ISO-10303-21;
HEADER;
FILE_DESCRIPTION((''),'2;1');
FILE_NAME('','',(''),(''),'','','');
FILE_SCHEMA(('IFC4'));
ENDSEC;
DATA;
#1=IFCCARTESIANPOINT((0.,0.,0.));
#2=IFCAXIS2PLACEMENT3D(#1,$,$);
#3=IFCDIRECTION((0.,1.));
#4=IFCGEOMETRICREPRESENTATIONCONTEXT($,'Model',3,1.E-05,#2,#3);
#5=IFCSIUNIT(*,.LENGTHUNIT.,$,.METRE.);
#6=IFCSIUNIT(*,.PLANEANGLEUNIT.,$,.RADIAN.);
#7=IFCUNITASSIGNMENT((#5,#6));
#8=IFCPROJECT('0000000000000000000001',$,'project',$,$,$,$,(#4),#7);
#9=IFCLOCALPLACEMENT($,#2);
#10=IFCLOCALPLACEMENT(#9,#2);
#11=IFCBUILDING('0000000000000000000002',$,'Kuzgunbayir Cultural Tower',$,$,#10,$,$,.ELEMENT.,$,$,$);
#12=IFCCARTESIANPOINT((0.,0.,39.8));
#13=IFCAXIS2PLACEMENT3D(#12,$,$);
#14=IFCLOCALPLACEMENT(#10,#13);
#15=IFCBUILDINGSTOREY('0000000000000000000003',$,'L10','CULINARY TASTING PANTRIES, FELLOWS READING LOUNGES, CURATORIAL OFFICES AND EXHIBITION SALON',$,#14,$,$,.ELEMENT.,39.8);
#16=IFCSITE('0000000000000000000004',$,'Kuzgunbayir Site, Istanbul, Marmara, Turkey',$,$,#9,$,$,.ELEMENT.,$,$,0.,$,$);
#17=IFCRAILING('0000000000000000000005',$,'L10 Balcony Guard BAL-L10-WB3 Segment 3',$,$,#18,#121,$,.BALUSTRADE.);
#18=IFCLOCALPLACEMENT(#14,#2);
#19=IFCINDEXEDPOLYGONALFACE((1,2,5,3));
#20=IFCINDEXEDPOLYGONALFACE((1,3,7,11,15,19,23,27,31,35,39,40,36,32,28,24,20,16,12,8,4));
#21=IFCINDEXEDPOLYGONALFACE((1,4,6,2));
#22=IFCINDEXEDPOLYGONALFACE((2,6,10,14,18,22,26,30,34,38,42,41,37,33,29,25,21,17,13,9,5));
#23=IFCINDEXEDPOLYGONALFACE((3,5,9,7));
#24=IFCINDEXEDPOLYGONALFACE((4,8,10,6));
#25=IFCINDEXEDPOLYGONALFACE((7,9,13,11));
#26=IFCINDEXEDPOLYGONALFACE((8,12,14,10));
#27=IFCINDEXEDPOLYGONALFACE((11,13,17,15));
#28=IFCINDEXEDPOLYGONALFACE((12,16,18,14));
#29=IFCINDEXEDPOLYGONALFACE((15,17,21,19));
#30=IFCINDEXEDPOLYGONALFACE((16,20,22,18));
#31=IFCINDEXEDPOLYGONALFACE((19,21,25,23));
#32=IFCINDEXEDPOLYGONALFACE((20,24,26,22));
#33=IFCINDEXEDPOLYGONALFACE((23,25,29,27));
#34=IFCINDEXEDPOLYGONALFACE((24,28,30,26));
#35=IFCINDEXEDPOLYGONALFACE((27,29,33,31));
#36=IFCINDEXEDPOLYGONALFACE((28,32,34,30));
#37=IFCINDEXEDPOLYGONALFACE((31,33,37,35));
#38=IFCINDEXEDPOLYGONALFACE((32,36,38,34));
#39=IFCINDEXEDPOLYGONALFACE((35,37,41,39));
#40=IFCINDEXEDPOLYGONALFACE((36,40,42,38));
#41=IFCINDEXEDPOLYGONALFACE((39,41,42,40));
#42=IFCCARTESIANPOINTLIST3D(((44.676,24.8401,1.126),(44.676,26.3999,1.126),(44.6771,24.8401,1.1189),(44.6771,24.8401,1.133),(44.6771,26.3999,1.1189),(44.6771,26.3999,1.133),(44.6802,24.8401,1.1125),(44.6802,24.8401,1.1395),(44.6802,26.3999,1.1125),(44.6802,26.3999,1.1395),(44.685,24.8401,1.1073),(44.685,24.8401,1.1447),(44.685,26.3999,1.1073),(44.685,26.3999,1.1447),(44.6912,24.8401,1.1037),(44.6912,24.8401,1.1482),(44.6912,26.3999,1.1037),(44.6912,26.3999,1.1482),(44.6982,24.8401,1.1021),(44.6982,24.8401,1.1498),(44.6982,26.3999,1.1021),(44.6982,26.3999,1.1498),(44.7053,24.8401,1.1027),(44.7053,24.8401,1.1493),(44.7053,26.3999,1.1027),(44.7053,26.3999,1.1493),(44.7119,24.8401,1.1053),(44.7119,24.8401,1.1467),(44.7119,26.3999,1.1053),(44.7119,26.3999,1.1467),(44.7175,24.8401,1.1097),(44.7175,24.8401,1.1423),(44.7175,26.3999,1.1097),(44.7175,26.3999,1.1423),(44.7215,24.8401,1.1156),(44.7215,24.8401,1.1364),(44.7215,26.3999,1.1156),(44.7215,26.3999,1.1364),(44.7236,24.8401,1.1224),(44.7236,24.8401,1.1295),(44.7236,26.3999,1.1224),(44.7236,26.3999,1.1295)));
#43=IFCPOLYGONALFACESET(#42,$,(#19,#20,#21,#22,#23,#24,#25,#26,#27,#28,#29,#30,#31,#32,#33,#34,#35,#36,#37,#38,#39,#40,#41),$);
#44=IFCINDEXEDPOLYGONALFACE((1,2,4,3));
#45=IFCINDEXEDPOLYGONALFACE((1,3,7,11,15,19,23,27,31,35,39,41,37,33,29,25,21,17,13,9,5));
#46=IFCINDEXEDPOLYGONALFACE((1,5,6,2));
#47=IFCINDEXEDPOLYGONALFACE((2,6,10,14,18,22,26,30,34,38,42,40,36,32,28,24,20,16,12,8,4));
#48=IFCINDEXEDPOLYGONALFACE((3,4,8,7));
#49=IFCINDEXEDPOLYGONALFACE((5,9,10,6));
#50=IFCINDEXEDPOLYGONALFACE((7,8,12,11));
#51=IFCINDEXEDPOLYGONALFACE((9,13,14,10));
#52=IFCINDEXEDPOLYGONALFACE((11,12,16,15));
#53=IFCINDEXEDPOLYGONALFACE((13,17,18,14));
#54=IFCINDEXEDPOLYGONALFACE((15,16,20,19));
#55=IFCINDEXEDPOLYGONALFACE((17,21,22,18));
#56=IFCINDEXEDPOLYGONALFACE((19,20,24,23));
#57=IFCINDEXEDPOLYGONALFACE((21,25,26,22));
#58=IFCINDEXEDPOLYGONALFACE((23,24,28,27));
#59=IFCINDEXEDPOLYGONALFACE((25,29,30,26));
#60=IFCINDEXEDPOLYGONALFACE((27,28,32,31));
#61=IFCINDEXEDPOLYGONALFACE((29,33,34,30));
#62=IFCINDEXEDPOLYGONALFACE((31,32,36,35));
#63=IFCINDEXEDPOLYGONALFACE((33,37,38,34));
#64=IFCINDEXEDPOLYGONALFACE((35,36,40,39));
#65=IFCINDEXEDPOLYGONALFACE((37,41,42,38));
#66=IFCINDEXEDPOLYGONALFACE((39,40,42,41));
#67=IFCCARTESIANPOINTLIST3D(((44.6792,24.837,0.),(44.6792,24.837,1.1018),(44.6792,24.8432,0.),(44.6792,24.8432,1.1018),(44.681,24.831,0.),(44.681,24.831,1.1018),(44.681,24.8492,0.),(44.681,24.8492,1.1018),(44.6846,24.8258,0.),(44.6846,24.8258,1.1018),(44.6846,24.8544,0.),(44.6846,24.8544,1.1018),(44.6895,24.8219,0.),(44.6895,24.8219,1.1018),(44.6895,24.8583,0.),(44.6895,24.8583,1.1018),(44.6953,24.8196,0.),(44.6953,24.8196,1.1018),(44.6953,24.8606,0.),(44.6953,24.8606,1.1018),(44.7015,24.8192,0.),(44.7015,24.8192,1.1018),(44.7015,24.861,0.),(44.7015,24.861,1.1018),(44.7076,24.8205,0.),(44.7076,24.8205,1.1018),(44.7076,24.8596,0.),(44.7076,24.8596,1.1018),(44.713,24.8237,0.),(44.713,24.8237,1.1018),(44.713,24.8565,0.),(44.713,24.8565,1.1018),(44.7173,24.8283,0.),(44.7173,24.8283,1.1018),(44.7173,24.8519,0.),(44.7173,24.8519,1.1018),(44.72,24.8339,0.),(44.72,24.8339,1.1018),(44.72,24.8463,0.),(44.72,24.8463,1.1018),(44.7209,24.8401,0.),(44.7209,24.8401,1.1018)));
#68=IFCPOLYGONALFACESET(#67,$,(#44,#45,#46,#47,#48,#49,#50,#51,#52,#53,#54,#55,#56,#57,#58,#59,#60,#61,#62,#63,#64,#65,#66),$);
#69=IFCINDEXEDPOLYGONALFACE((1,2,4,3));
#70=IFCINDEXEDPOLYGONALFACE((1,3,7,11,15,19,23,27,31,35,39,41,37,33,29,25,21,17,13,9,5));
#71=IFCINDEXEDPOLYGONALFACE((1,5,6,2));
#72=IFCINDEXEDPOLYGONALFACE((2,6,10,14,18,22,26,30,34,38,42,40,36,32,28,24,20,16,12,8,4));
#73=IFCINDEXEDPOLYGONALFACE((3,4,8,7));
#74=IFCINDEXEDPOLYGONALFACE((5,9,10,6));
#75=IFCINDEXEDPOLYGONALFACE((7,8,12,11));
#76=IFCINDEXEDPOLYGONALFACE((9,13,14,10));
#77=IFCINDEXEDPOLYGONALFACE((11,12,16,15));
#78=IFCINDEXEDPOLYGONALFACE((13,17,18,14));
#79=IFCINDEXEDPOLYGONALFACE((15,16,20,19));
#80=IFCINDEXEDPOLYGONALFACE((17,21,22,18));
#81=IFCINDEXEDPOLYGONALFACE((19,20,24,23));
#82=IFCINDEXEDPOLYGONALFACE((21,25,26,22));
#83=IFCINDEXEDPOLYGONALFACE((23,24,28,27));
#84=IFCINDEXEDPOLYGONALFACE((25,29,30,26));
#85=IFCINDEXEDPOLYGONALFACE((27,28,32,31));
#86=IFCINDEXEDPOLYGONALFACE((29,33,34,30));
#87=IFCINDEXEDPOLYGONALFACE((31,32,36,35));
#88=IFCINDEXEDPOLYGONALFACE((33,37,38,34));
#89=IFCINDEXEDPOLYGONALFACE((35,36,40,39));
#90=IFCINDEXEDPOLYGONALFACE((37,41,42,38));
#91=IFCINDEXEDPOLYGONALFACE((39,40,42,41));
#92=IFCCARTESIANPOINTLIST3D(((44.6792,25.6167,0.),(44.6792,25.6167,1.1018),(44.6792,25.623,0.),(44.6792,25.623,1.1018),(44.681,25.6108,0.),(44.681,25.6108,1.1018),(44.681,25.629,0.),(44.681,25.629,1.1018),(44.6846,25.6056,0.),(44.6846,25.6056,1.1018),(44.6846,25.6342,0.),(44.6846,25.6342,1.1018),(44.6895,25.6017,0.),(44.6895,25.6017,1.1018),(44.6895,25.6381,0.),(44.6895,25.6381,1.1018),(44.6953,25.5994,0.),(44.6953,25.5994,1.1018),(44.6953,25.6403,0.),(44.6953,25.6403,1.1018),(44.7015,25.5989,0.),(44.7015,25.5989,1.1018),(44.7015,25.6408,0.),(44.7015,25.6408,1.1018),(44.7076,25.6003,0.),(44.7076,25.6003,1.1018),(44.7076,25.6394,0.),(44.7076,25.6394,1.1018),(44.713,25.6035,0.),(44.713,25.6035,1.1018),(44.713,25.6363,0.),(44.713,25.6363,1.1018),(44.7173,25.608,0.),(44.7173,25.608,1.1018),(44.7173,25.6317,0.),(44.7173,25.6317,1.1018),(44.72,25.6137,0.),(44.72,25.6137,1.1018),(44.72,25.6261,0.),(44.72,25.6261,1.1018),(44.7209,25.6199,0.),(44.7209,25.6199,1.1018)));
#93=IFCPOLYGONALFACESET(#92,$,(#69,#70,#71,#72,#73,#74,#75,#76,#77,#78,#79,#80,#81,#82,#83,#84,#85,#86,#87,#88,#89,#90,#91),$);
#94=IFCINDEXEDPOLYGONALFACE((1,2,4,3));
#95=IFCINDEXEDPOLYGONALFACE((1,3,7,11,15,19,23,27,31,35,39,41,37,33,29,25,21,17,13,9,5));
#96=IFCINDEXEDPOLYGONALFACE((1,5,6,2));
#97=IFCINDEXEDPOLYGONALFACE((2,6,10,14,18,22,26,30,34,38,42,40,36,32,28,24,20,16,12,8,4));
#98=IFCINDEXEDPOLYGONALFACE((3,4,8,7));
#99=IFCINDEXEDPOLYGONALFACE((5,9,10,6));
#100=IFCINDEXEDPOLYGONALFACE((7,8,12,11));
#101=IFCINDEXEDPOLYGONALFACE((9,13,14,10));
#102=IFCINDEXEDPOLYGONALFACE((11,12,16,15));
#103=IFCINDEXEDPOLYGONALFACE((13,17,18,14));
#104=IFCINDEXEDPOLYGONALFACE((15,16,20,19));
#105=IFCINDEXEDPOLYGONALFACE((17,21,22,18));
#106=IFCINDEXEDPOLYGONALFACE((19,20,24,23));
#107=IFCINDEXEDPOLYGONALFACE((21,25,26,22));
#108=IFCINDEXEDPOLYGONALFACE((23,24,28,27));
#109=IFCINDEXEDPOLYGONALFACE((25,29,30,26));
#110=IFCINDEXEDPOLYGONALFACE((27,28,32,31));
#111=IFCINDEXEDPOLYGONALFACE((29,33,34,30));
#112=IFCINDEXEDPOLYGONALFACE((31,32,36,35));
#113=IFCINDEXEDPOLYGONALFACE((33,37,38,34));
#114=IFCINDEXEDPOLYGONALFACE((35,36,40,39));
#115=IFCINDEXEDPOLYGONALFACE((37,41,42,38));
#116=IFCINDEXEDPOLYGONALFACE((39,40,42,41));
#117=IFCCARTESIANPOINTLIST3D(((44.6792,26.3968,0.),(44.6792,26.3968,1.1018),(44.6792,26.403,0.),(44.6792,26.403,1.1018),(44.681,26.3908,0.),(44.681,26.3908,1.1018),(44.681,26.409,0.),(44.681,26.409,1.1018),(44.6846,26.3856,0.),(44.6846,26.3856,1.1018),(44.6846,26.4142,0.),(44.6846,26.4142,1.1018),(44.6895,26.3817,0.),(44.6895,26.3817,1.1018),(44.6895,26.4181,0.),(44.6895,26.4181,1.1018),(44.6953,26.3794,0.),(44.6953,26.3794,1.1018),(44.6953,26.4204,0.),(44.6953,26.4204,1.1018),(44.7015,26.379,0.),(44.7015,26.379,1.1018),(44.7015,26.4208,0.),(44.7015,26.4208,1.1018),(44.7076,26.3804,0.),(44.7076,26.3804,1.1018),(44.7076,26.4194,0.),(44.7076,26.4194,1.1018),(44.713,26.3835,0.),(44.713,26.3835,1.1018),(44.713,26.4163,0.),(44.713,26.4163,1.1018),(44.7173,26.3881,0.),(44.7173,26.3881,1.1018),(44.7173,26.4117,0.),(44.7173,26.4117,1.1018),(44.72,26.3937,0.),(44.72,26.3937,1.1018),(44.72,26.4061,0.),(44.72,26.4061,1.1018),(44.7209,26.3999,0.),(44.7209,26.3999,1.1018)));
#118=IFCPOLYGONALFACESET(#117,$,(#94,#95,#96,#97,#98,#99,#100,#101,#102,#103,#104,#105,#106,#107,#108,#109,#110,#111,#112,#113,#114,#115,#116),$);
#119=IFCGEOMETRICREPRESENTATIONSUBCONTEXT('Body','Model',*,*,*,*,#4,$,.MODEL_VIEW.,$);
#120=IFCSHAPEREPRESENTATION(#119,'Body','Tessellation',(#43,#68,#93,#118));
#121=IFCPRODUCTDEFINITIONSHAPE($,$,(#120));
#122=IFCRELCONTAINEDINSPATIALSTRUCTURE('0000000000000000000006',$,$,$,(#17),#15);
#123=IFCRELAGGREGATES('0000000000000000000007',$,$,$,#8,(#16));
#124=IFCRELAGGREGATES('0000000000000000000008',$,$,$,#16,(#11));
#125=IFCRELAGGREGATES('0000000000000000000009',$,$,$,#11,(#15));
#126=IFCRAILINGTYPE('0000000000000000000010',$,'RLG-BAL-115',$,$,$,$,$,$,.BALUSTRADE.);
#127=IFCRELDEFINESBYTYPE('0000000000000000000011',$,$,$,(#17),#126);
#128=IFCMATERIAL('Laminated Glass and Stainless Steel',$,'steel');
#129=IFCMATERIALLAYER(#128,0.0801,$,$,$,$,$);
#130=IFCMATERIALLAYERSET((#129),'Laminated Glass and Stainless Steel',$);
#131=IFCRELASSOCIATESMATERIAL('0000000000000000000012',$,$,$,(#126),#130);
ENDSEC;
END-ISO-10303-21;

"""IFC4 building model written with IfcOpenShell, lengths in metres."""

from ifc_helpers import new_model, si_unit, direction, frame, origin, origin_2d, place, context, subcontext, project, spatial, circle, extrude, material, layer, layer_set, type_object, element, save


model = new_model("IFC4")

# Units and contexts
model_context = context("Model", 3, precision=1e-05, world=origin(), true_north=direction((0.0, 1.0)))
body_context = subcontext(model_context, "Body", "Model", "MODEL_VIEW")
ifc_project = project(units=[si_unit("LENGTHUNIT", "METRE"), si_unit("PLANEANGLEUNIT", "RADIAN")], contexts=[model_context])

# Site, building, storey
site_placement = place(None, origin())
site = spatial("IfcSite", under=ifc_project, at=site_placement, Name="Kuzgunbayir Site, Istanbul, Marmara, Turkey", CompositionType="ELEMENT", RefElevation=0.0)
building_placement = place(site_placement, origin())
building = spatial("IfcBuilding", under=site, at=building_placement, Name="Kuzgunbayir Cultural Tower", CompositionType="ELEMENT")
storey_placement = place(building_placement, frame((0.0, 0.0, 39.8)))
storey = spatial("IfcBuildingStorey", under=building, at=storey_placement, Name="L10", Description="CULINARY TASTING PANTRIES, FELLOWS READING LOUNGES, CURATORIAL OFFICES AND EXHIBITION SALON", CompositionType="ELEMENT", Elevation=39.8)

# Railing
ifc_material_1 = material(Name="Laminated Glass and Stainless Steel", Category="steel")
ifc_layer_1 = layer(ifc_material_1, 0.0801)
ifc_layer_set_1 = layer_set([ifc_layer_1], Name="Laminated Glass and Stainless Steel")
railing_type = type_object("IfcRailingType", Name="RLG-BAL-115", PredefinedType="BALUSTRADE", material=ifc_layer_set_1)
railing_1_placement = place(storey_placement, frame((44.7, 24.8401, 0.0)))
element("IfcRailing", 1, at=railing_1_placement, inside=storey, type_object=railing_type, Name="L10 Balcony Guard BAL-L10-WB3 Segment 3", PredefinedType="BALUSTRADE", context=body_context, shape_type="SweptSolid", body=[
    extrude(circle(Radius=0.0239, at=origin_2d()), frame((0.0, 0.0, 1.126), z_axis=(0.0, 1.0, 0.0), x_axis=(-1.0, 0.0, 0.0)), (0.0, 0.0, 1.0), 1.5598),
    extrude(circle(Radius=0.021, at=origin_2d()), origin(), (0.0, 0.0, 1.0), 1.1018),
    extrude(circle(Radius=0.021, at=origin_2d()), frame((0.0, 0.7798, 0.0)), (0.0, 0.0, 1.0), 1.1018),
    extrude(circle(Radius=0.021, at=origin_2d()), frame((0.0, 1.5598, 0.0)), (0.0, 0.0, 1.0), 1.1018),
])

save(model, "model.ifc")
